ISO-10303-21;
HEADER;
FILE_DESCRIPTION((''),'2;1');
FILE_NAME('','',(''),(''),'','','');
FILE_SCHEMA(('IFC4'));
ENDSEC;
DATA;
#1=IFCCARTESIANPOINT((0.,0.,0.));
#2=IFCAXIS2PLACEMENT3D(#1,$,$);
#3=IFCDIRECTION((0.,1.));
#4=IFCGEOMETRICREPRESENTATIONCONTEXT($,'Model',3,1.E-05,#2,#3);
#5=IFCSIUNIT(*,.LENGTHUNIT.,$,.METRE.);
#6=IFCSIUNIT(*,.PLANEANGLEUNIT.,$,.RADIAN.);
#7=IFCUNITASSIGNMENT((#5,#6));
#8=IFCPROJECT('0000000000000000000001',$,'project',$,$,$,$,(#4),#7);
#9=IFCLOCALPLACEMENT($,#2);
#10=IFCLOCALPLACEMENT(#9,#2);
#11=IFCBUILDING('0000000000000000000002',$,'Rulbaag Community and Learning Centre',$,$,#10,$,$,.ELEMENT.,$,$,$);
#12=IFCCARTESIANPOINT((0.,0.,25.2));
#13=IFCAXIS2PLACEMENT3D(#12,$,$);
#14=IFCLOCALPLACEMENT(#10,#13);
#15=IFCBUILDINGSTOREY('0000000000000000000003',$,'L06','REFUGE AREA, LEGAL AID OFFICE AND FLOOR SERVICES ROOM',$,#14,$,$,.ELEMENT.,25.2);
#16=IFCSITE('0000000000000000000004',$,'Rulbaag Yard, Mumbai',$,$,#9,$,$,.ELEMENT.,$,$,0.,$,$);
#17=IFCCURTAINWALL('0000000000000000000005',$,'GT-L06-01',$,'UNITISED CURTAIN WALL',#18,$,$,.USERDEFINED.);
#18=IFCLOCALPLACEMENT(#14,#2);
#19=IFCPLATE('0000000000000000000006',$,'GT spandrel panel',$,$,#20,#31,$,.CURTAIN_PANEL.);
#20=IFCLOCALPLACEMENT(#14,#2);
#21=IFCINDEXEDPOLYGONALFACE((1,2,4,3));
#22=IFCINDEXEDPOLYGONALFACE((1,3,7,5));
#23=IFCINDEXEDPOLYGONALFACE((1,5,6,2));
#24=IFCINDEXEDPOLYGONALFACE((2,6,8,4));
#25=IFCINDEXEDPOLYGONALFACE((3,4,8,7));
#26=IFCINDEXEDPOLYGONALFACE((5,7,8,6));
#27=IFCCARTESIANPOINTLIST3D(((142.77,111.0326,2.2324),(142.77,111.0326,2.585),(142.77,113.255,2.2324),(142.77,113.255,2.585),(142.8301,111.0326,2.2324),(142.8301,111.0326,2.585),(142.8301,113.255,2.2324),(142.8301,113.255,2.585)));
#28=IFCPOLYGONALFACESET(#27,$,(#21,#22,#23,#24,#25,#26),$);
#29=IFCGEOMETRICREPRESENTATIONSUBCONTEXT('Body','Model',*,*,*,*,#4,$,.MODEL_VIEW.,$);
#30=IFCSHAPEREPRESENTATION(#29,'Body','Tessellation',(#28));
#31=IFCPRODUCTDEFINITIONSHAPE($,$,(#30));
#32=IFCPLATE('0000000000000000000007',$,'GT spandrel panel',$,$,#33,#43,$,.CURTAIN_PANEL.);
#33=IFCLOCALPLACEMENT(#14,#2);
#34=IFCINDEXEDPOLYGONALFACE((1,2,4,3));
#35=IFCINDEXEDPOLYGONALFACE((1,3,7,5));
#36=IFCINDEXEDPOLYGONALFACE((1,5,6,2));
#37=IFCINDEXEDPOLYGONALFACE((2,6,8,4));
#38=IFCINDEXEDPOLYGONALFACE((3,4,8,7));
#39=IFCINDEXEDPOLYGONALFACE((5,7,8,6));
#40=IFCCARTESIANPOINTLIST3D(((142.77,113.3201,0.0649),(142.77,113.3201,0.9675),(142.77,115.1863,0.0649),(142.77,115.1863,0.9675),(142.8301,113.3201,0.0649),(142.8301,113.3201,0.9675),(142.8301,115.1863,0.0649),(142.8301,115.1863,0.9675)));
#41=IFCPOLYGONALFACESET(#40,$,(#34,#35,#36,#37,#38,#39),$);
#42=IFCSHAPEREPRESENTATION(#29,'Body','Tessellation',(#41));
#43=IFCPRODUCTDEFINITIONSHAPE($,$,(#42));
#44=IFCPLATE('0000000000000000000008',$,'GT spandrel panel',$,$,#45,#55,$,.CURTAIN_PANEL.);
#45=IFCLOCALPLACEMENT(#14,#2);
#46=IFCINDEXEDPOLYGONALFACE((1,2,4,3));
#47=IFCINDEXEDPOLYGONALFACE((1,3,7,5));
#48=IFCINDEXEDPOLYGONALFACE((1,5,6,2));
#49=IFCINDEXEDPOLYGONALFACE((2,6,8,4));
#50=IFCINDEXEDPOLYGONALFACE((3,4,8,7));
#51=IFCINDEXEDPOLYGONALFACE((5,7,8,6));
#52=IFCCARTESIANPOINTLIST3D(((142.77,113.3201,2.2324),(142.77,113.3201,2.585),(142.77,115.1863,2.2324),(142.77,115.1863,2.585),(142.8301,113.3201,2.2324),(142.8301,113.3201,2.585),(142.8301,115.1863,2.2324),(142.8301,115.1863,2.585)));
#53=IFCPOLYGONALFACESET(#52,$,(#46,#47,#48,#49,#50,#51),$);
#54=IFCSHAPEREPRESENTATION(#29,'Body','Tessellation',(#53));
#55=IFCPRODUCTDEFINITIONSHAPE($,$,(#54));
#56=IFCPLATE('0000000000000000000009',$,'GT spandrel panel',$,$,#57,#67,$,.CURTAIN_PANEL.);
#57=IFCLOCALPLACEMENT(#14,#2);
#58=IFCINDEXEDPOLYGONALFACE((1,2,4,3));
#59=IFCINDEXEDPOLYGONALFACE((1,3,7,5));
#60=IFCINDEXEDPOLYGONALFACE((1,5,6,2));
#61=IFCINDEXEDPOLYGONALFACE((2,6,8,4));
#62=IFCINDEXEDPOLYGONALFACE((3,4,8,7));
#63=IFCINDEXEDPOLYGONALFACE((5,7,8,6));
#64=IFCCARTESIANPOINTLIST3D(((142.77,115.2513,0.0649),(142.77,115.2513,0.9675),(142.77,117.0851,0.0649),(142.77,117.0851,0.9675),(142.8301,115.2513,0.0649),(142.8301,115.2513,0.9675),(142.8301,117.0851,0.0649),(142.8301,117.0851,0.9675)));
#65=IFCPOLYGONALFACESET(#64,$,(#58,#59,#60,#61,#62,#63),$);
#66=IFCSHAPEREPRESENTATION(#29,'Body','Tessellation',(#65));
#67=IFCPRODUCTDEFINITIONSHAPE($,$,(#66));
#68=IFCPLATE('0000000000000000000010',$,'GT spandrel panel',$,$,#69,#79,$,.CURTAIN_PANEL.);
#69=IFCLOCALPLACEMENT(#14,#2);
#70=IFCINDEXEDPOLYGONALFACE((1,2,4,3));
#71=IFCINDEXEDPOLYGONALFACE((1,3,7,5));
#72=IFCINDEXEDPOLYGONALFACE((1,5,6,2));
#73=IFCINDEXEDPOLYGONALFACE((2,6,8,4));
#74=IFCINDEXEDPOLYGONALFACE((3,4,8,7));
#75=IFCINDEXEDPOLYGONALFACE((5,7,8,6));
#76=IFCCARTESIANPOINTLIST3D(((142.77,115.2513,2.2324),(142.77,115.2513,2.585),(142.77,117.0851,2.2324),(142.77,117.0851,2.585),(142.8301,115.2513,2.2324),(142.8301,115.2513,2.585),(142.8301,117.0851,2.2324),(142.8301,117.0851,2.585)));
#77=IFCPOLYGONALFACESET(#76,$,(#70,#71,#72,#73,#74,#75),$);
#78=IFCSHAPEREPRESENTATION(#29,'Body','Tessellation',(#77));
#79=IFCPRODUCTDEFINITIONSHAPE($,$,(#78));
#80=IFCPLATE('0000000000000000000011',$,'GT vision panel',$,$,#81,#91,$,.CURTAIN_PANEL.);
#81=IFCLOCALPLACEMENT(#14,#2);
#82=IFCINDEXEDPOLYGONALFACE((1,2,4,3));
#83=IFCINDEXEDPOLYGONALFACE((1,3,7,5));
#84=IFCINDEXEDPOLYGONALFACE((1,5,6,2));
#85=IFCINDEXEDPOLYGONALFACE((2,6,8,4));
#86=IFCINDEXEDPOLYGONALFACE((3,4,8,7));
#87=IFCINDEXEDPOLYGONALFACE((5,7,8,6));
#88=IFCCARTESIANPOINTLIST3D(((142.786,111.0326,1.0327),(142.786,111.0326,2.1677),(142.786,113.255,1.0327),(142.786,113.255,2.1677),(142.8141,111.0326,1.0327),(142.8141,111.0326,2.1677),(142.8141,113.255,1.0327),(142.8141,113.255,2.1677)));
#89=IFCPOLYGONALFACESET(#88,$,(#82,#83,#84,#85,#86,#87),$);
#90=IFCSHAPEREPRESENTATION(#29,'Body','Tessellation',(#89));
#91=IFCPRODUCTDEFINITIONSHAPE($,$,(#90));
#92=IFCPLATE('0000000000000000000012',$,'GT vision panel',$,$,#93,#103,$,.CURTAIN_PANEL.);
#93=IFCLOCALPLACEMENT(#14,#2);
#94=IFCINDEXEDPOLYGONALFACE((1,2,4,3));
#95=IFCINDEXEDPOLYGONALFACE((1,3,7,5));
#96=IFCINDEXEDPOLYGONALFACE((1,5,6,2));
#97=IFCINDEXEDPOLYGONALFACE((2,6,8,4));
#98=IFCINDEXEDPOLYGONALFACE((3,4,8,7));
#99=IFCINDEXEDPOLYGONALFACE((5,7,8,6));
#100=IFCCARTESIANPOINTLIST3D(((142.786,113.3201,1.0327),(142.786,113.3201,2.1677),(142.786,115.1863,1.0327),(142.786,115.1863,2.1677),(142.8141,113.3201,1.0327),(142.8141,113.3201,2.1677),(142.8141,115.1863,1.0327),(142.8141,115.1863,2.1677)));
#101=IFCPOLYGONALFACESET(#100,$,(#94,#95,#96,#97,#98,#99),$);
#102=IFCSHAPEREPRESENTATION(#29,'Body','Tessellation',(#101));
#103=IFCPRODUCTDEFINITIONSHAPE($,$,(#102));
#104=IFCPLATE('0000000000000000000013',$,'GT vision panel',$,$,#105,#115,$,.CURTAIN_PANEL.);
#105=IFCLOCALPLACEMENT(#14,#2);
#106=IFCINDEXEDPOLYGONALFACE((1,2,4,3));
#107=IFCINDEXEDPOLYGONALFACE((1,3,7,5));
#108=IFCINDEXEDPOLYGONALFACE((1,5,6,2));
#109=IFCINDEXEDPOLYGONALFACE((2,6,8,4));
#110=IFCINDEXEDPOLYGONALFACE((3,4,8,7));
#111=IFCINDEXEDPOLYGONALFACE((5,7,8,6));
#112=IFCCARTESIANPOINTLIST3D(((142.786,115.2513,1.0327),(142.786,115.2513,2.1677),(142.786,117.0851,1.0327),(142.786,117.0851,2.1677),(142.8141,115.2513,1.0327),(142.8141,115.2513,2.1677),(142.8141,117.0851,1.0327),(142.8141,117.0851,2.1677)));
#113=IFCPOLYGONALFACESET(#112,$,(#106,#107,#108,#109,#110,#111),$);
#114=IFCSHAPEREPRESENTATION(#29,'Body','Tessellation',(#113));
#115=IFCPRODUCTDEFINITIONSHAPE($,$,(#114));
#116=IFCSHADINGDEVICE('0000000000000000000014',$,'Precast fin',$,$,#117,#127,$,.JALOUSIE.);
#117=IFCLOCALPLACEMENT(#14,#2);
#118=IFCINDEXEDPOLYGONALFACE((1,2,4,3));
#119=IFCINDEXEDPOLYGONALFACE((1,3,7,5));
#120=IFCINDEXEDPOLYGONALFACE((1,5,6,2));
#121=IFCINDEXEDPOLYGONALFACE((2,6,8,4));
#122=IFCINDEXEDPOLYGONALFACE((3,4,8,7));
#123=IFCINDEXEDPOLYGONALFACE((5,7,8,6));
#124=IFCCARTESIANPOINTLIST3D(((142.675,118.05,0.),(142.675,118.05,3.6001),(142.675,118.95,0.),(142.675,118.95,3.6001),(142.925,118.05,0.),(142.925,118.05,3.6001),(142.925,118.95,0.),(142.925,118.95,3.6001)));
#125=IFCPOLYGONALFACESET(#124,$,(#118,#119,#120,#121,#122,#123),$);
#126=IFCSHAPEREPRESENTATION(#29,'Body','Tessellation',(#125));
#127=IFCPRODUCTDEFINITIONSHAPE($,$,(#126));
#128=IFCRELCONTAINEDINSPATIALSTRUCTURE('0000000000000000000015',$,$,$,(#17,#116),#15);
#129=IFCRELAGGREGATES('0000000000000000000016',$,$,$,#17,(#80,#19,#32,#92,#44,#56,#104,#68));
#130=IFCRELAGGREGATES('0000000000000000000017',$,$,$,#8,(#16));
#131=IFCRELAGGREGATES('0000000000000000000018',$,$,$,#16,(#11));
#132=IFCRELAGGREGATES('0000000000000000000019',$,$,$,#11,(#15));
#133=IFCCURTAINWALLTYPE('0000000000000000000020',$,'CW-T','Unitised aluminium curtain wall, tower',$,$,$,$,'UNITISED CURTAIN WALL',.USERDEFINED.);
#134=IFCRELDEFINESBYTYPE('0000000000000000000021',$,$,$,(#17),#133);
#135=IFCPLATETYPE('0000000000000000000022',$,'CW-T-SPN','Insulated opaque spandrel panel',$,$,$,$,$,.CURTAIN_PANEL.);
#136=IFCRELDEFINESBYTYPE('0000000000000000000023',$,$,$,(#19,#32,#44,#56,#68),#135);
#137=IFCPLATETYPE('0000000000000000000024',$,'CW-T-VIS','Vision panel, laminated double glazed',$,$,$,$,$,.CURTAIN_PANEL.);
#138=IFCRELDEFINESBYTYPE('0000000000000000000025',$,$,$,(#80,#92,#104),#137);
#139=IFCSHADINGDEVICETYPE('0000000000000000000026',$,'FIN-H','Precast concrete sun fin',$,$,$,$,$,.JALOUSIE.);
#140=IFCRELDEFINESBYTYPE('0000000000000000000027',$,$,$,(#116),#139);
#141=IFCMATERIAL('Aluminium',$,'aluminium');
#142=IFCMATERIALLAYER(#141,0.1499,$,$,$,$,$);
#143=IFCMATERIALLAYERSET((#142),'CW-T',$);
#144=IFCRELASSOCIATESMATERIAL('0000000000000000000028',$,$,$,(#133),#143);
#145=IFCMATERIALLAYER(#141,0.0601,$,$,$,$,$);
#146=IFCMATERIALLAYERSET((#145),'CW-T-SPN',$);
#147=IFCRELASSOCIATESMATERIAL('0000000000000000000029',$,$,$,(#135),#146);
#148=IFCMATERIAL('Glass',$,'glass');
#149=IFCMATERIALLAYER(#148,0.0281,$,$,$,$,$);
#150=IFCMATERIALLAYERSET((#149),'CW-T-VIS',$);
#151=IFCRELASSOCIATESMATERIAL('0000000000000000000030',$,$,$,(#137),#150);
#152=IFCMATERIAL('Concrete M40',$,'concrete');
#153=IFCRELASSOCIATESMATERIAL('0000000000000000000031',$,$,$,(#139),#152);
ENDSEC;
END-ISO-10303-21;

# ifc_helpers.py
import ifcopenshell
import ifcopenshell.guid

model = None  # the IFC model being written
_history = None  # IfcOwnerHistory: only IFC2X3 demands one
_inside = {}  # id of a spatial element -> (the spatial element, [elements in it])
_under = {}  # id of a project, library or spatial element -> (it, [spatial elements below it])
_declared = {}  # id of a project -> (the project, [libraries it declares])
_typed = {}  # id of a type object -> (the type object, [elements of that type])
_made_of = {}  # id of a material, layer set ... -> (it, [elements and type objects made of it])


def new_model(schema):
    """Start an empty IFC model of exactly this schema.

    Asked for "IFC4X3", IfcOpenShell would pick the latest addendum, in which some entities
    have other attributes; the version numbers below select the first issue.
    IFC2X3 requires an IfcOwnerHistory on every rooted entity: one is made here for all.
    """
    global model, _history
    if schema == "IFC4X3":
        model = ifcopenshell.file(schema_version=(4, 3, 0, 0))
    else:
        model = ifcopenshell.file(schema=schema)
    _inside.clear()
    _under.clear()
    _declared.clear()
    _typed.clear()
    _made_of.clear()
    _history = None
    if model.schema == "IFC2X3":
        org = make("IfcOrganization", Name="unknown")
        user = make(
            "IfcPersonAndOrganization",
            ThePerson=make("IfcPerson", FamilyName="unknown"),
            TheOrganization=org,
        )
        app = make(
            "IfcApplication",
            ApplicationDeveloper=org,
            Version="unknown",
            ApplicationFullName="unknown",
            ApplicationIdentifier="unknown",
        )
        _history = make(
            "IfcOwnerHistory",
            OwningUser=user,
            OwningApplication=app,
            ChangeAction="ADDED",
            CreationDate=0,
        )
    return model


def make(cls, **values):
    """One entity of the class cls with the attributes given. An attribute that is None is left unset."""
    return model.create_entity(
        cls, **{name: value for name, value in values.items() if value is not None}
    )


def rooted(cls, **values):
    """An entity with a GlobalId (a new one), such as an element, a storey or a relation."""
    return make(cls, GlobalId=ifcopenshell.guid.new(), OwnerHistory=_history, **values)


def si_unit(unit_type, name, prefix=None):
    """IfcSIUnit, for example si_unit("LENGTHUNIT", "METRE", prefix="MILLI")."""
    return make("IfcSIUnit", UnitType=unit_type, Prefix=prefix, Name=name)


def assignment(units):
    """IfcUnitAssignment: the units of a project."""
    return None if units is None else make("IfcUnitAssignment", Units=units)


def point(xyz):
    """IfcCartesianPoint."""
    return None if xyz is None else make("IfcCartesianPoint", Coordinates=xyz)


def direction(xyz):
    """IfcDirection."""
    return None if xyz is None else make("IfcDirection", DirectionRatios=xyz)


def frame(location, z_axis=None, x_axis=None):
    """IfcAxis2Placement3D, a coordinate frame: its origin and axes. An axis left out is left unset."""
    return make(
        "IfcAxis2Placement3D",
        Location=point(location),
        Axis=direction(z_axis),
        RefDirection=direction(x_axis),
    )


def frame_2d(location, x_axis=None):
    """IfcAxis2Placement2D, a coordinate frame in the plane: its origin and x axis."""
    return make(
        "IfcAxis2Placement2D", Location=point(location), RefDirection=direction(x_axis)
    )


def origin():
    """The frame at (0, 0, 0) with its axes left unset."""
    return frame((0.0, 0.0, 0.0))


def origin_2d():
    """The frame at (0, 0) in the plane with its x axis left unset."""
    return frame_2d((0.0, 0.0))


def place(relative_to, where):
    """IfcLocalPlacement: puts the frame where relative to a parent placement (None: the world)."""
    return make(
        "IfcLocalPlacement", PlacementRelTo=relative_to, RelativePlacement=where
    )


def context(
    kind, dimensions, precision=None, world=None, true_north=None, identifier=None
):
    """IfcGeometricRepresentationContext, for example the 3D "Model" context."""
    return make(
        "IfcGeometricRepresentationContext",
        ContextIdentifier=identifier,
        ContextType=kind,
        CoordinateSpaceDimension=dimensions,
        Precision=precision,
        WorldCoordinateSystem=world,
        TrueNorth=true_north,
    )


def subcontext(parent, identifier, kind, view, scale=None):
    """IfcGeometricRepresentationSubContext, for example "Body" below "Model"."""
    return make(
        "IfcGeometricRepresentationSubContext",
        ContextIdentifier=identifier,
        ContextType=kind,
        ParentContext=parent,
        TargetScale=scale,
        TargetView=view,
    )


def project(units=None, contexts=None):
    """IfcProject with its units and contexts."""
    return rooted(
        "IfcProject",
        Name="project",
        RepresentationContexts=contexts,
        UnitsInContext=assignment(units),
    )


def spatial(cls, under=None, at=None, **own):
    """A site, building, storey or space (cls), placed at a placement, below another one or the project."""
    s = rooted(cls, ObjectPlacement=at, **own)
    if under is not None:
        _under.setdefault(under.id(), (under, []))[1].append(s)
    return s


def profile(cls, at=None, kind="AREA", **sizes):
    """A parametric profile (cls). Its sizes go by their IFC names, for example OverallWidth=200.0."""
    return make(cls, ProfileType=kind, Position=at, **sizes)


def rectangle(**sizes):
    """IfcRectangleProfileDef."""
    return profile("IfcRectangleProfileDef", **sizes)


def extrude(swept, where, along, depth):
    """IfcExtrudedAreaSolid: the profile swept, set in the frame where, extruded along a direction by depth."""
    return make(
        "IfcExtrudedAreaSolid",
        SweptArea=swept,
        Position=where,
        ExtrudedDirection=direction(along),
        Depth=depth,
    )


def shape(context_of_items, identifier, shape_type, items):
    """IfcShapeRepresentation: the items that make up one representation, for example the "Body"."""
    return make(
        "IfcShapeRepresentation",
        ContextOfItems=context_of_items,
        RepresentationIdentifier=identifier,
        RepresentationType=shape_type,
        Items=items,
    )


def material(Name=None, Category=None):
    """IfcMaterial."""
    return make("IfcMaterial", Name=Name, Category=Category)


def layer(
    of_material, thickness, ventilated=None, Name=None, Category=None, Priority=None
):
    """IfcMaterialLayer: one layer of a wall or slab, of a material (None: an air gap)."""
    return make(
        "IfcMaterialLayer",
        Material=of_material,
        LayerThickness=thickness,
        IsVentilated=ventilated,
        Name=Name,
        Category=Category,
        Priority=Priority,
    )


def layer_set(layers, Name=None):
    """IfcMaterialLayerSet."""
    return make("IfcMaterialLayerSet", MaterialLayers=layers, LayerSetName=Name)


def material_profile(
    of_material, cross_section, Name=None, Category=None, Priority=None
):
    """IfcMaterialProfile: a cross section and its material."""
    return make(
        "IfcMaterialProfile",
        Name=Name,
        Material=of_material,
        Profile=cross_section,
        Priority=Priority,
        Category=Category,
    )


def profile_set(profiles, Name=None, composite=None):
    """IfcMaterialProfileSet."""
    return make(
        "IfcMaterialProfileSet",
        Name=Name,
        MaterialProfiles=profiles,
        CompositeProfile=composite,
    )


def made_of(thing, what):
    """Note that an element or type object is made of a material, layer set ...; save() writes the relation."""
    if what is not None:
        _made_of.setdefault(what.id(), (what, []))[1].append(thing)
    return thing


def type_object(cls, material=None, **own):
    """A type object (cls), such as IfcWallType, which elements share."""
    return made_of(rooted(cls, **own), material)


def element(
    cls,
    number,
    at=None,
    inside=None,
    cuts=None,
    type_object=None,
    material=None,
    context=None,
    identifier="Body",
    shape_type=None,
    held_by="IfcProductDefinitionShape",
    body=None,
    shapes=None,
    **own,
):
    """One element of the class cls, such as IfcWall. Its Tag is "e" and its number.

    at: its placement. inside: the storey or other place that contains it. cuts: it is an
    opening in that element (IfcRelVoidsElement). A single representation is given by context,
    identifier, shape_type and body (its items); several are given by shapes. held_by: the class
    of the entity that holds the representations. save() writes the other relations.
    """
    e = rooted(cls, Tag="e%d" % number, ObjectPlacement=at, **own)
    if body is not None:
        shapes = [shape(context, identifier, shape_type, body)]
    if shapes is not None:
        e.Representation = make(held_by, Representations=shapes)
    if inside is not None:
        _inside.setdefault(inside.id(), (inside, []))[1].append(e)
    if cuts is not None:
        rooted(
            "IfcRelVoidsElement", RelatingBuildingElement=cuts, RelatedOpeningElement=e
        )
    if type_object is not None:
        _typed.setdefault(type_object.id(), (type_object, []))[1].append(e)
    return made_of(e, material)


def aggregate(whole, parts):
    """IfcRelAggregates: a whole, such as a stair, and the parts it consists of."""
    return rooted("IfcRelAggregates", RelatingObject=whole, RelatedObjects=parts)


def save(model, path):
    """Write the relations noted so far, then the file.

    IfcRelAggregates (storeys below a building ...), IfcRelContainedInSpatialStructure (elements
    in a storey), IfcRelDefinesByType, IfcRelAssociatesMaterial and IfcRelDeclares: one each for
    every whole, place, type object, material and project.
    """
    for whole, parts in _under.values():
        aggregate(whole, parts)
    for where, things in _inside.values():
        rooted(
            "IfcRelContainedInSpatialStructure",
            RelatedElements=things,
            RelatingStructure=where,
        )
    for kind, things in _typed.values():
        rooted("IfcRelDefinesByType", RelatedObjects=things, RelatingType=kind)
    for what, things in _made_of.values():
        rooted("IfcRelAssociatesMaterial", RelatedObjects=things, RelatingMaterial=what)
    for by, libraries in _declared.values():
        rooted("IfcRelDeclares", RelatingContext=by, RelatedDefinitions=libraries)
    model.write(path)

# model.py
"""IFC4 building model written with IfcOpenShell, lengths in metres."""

from ifc_helpers import new_model, si_unit, direction, frame, origin, origin_2d, place, context, subcontext, project, spatial, rectangle, extrude, material, layer, layer_set, material_profile, profile_set, type_object, element, aggregate, save


model = new_model("IFC4")

# Units and contexts
model_context = context("Model", 3, precision=1e-05, world=origin(), true_north=direction((0.0, 1.0)))
body_context = subcontext(model_context, "Body", "Model", "MODEL_VIEW")
ifc_project = project(units=[si_unit("LENGTHUNIT", "METRE"), si_unit("PLANEANGLEUNIT", "RADIAN")], contexts=[model_context])

# Site, building, storey
site_placement = place(None, origin())
site = spatial("IfcSite", under=ifc_project, at=site_placement, Name="Rulbaag Yard, Mumbai", CompositionType="ELEMENT", RefElevation=0.0)
building_placement = place(site_placement, origin())
building = spatial("IfcBuilding", under=site, at=building_placement, Name="Rulbaag Community and Learning Centre", CompositionType="ELEMENT")
storey_placement = place(building_placement, frame((0.0, 0.0, 25.2)))
storey = spatial("IfcBuildingStorey", under=building, at=storey_placement, Name="L06", Description="REFUGE AREA, LEGAL AID OFFICE AND FLOOR SERVICES ROOM", CompositionType="ELEMENT", Elevation=25.2)

# Shared definitions
ifc_material_1 = material(Name="Concrete M40", Category="concrete")

# Curtain wall, plates
ifc_material_2 = material(Name="Aluminium", Category="aluminium")
ifc_layer_1 = layer(ifc_material_2, 0.1499)
ifc_layer_set_1 = layer_set([ifc_layer_1], Name="CW-T")
curtain_wall_type = type_object("IfcCurtainWallType", Name="CW-T", Description="Unitised aluminium curtain wall, tower", ElementType="UNITISED CURTAIN WALL", PredefinedType="USERDEFINED", material=ifc_layer_set_1)
curtain_wall_placement = place(storey_placement, origin())
curtain_wall = element("IfcCurtainWall", 1, at=curtain_wall_placement, inside=storey, type_object=curtain_wall_type, Name="GT-L06-01", ObjectType="UNITISED CURTAIN WALL", PredefinedType="USERDEFINED")
ifc_layer_2 = layer(ifc_material_2, 0.0601)
ifc_layer_set_2 = layer_set([ifc_layer_2], Name="CW-T-SPN")
plate_type_1 = type_object("IfcPlateType", Name="CW-T-SPN", Description="Insulated opaque spandrel panel", PredefinedType="CURTAIN_PANEL", material=ifc_layer_set_2)
plate_1_placement = place(storey_placement, frame((142.8, 112.1438, 2.2324), z_axis=(0.0, 0.0, 1.0), x_axis=(0.0, 1.0, 0.0)))
plate_1 = element("IfcPlate", 2, at=plate_1_placement, type_object=plate_type_1, Name="GT spandrel panel", PredefinedType="CURTAIN_PANEL", context=body_context, shape_type="SweptSolid", body=[
    extrude(rectangle(XDim=2.2224, YDim=0.0601, at=origin_2d()), origin(), (0.0, 0.0, 1.0), 0.3525),
])
plate_2_placement = place(storey_placement, frame((142.8, 114.2532, 0.0649), z_axis=(0.0, 0.0, 1.0), x_axis=(0.0, 1.0, 0.0)))
plate_2 = element("IfcPlate", 3, at=plate_2_placement, type_object=plate_type_1, Name="GT spandrel panel", PredefinedType="CURTAIN_PANEL", context=body_context, shape_type="SweptSolid", body=[
    extrude(rectangle(XDim=1.8662, YDim=0.0601, at=origin_2d()), origin(), (0.0, 0.0, 1.0), 0.9026),
])
plate_3_placement = place(storey_placement, frame((142.8, 114.2532, 2.2324), z_axis=(0.0, 0.0, 1.0), x_axis=(0.0, 1.0, 0.0)))
plate_3 = element("IfcPlate", 4, at=plate_3_placement, type_object=plate_type_1, Name="GT spandrel panel", PredefinedType="CURTAIN_PANEL", context=body_context, shape_type="SweptSolid", body=[
    extrude(rectangle(XDim=1.8662, YDim=0.0601, at=origin_2d()), origin(), (0.0, 0.0, 1.0), 0.3525),
])
plate_4_placement = place(storey_placement, frame((142.8, 116.1682, 0.0649), z_axis=(0.0, 0.0, 1.0), x_axis=(0.0, 1.0, 0.0)))
plate_4 = element("IfcPlate", 5, at=plate_4_placement, type_object=plate_type_1, Name="GT spandrel panel", PredefinedType="CURTAIN_PANEL", context=body_context, shape_type="SweptSolid", body=[
    extrude(rectangle(XDim=1.8337, YDim=0.0601, at=origin_2d()), origin(), (0.0, 0.0, 1.0), 0.9026),
])
plate_5_placement = place(storey_placement, frame((142.8, 116.1682, 2.2324), z_axis=(0.0, 0.0, 1.0), x_axis=(0.0, 1.0, 0.0)))
plate_5 = element("IfcPlate", 6, at=plate_5_placement, type_object=plate_type_1, Name="GT spandrel panel", PredefinedType="CURTAIN_PANEL", context=body_context, shape_type="SweptSolid", body=[
    extrude(rectangle(XDim=1.8337, YDim=0.0601, at=origin_2d()), origin(), (0.0, 0.0, 1.0), 0.3525),
])
ifc_material_3 = material(Name="Glass", Category="glass")
ifc_layer_3 = layer(ifc_material_3, 0.0281)
ifc_layer_set_3 = layer_set([ifc_layer_3], Name="CW-T-VIS")
plate_type_2 = type_object("IfcPlateType", Name="CW-T-VIS", Description="Vision panel, laminated double glazed", PredefinedType="CURTAIN_PANEL", material=ifc_layer_set_3)
plate_6_placement = place(storey_placement, frame((142.8, 112.1438, 1.0327), z_axis=(0.0, 0.0, 1.0), x_axis=(0.0, 1.0, 0.0)))
plate_6 = element("IfcPlate", 7, at=plate_6_placement, type_object=plate_type_2, Name="GT vision panel", PredefinedType="CURTAIN_PANEL", context=body_context, shape_type="SweptSolid", body=[
    extrude(rectangle(XDim=2.2224, YDim=0.0281, at=origin_2d()), origin(), (0.0, 0.0, 1.0), 1.135),
])
plate_7_placement = place(storey_placement, frame((142.8, 114.2532, 1.0327), z_axis=(0.0, 0.0, 1.0), x_axis=(0.0, 1.0, 0.0)))
plate_7 = element("IfcPlate", 8, at=plate_7_placement, type_object=plate_type_2, Name="GT vision panel", PredefinedType="CURTAIN_PANEL", context=body_context, shape_type="SweptSolid", body=[
    extrude(rectangle(XDim=1.8662, YDim=0.0281, at=origin_2d()), origin(), (0.0, 0.0, 1.0), 1.135),
])
plate_8_placement = place(storey_placement, frame((142.8, 116.1682, 1.0327), z_axis=(0.0, 0.0, 1.0), x_axis=(0.0, 1.0, 0.0)))
plate_8 = element("IfcPlate", 9, at=plate_8_placement, type_object=plate_type_2, Name="GT vision panel", PredefinedType="CURTAIN_PANEL", context=body_context, shape_type="SweptSolid", body=[
    extrude(rectangle(XDim=1.8337, YDim=0.0281, at=origin_2d()), origin(), (0.0, 0.0, 1.0), 1.135),
])
aggregate(curtain_wall, [plate_6, plate_1, plate_2, plate_7, plate_3, plate_4, plate_8, plate_5])

# Shading device
ifc_material_profile_1 = material_profile(ifc_material_1, rectangle(XDim=0.25, YDim=0.8999, at=origin_2d()), Name="PC 250x900")
ifc_profile_set_1 = profile_set([ifc_material_profile_1], Name="Concrete M40")
shading_device_type = type_object("IfcShadingDeviceType", Name="FIN-H", Description="Precast concrete sun fin", PredefinedType="JALOUSIE", material=ifc_profile_set_1)
shading_device_placement = place(storey_placement, frame((142.8, 118.5, 0.0), z_axis=(0.0, 0.0, 1.0), x_axis=(1.0, 0.0, 0.0)))
element("IfcShadingDevice", 10, at=shading_device_placement, inside=storey, type_object=shading_device_type, Name="Precast fin", PredefinedType="JALOUSIE", context=body_context, shape_type="SweptSolid", body=[
    extrude(rectangle(XDim=0.25, YDim=0.8999, at=origin_2d()), origin(), (0.0, 0.0, 1.0), 3.6001),
])

save(model, "model.ifc")
